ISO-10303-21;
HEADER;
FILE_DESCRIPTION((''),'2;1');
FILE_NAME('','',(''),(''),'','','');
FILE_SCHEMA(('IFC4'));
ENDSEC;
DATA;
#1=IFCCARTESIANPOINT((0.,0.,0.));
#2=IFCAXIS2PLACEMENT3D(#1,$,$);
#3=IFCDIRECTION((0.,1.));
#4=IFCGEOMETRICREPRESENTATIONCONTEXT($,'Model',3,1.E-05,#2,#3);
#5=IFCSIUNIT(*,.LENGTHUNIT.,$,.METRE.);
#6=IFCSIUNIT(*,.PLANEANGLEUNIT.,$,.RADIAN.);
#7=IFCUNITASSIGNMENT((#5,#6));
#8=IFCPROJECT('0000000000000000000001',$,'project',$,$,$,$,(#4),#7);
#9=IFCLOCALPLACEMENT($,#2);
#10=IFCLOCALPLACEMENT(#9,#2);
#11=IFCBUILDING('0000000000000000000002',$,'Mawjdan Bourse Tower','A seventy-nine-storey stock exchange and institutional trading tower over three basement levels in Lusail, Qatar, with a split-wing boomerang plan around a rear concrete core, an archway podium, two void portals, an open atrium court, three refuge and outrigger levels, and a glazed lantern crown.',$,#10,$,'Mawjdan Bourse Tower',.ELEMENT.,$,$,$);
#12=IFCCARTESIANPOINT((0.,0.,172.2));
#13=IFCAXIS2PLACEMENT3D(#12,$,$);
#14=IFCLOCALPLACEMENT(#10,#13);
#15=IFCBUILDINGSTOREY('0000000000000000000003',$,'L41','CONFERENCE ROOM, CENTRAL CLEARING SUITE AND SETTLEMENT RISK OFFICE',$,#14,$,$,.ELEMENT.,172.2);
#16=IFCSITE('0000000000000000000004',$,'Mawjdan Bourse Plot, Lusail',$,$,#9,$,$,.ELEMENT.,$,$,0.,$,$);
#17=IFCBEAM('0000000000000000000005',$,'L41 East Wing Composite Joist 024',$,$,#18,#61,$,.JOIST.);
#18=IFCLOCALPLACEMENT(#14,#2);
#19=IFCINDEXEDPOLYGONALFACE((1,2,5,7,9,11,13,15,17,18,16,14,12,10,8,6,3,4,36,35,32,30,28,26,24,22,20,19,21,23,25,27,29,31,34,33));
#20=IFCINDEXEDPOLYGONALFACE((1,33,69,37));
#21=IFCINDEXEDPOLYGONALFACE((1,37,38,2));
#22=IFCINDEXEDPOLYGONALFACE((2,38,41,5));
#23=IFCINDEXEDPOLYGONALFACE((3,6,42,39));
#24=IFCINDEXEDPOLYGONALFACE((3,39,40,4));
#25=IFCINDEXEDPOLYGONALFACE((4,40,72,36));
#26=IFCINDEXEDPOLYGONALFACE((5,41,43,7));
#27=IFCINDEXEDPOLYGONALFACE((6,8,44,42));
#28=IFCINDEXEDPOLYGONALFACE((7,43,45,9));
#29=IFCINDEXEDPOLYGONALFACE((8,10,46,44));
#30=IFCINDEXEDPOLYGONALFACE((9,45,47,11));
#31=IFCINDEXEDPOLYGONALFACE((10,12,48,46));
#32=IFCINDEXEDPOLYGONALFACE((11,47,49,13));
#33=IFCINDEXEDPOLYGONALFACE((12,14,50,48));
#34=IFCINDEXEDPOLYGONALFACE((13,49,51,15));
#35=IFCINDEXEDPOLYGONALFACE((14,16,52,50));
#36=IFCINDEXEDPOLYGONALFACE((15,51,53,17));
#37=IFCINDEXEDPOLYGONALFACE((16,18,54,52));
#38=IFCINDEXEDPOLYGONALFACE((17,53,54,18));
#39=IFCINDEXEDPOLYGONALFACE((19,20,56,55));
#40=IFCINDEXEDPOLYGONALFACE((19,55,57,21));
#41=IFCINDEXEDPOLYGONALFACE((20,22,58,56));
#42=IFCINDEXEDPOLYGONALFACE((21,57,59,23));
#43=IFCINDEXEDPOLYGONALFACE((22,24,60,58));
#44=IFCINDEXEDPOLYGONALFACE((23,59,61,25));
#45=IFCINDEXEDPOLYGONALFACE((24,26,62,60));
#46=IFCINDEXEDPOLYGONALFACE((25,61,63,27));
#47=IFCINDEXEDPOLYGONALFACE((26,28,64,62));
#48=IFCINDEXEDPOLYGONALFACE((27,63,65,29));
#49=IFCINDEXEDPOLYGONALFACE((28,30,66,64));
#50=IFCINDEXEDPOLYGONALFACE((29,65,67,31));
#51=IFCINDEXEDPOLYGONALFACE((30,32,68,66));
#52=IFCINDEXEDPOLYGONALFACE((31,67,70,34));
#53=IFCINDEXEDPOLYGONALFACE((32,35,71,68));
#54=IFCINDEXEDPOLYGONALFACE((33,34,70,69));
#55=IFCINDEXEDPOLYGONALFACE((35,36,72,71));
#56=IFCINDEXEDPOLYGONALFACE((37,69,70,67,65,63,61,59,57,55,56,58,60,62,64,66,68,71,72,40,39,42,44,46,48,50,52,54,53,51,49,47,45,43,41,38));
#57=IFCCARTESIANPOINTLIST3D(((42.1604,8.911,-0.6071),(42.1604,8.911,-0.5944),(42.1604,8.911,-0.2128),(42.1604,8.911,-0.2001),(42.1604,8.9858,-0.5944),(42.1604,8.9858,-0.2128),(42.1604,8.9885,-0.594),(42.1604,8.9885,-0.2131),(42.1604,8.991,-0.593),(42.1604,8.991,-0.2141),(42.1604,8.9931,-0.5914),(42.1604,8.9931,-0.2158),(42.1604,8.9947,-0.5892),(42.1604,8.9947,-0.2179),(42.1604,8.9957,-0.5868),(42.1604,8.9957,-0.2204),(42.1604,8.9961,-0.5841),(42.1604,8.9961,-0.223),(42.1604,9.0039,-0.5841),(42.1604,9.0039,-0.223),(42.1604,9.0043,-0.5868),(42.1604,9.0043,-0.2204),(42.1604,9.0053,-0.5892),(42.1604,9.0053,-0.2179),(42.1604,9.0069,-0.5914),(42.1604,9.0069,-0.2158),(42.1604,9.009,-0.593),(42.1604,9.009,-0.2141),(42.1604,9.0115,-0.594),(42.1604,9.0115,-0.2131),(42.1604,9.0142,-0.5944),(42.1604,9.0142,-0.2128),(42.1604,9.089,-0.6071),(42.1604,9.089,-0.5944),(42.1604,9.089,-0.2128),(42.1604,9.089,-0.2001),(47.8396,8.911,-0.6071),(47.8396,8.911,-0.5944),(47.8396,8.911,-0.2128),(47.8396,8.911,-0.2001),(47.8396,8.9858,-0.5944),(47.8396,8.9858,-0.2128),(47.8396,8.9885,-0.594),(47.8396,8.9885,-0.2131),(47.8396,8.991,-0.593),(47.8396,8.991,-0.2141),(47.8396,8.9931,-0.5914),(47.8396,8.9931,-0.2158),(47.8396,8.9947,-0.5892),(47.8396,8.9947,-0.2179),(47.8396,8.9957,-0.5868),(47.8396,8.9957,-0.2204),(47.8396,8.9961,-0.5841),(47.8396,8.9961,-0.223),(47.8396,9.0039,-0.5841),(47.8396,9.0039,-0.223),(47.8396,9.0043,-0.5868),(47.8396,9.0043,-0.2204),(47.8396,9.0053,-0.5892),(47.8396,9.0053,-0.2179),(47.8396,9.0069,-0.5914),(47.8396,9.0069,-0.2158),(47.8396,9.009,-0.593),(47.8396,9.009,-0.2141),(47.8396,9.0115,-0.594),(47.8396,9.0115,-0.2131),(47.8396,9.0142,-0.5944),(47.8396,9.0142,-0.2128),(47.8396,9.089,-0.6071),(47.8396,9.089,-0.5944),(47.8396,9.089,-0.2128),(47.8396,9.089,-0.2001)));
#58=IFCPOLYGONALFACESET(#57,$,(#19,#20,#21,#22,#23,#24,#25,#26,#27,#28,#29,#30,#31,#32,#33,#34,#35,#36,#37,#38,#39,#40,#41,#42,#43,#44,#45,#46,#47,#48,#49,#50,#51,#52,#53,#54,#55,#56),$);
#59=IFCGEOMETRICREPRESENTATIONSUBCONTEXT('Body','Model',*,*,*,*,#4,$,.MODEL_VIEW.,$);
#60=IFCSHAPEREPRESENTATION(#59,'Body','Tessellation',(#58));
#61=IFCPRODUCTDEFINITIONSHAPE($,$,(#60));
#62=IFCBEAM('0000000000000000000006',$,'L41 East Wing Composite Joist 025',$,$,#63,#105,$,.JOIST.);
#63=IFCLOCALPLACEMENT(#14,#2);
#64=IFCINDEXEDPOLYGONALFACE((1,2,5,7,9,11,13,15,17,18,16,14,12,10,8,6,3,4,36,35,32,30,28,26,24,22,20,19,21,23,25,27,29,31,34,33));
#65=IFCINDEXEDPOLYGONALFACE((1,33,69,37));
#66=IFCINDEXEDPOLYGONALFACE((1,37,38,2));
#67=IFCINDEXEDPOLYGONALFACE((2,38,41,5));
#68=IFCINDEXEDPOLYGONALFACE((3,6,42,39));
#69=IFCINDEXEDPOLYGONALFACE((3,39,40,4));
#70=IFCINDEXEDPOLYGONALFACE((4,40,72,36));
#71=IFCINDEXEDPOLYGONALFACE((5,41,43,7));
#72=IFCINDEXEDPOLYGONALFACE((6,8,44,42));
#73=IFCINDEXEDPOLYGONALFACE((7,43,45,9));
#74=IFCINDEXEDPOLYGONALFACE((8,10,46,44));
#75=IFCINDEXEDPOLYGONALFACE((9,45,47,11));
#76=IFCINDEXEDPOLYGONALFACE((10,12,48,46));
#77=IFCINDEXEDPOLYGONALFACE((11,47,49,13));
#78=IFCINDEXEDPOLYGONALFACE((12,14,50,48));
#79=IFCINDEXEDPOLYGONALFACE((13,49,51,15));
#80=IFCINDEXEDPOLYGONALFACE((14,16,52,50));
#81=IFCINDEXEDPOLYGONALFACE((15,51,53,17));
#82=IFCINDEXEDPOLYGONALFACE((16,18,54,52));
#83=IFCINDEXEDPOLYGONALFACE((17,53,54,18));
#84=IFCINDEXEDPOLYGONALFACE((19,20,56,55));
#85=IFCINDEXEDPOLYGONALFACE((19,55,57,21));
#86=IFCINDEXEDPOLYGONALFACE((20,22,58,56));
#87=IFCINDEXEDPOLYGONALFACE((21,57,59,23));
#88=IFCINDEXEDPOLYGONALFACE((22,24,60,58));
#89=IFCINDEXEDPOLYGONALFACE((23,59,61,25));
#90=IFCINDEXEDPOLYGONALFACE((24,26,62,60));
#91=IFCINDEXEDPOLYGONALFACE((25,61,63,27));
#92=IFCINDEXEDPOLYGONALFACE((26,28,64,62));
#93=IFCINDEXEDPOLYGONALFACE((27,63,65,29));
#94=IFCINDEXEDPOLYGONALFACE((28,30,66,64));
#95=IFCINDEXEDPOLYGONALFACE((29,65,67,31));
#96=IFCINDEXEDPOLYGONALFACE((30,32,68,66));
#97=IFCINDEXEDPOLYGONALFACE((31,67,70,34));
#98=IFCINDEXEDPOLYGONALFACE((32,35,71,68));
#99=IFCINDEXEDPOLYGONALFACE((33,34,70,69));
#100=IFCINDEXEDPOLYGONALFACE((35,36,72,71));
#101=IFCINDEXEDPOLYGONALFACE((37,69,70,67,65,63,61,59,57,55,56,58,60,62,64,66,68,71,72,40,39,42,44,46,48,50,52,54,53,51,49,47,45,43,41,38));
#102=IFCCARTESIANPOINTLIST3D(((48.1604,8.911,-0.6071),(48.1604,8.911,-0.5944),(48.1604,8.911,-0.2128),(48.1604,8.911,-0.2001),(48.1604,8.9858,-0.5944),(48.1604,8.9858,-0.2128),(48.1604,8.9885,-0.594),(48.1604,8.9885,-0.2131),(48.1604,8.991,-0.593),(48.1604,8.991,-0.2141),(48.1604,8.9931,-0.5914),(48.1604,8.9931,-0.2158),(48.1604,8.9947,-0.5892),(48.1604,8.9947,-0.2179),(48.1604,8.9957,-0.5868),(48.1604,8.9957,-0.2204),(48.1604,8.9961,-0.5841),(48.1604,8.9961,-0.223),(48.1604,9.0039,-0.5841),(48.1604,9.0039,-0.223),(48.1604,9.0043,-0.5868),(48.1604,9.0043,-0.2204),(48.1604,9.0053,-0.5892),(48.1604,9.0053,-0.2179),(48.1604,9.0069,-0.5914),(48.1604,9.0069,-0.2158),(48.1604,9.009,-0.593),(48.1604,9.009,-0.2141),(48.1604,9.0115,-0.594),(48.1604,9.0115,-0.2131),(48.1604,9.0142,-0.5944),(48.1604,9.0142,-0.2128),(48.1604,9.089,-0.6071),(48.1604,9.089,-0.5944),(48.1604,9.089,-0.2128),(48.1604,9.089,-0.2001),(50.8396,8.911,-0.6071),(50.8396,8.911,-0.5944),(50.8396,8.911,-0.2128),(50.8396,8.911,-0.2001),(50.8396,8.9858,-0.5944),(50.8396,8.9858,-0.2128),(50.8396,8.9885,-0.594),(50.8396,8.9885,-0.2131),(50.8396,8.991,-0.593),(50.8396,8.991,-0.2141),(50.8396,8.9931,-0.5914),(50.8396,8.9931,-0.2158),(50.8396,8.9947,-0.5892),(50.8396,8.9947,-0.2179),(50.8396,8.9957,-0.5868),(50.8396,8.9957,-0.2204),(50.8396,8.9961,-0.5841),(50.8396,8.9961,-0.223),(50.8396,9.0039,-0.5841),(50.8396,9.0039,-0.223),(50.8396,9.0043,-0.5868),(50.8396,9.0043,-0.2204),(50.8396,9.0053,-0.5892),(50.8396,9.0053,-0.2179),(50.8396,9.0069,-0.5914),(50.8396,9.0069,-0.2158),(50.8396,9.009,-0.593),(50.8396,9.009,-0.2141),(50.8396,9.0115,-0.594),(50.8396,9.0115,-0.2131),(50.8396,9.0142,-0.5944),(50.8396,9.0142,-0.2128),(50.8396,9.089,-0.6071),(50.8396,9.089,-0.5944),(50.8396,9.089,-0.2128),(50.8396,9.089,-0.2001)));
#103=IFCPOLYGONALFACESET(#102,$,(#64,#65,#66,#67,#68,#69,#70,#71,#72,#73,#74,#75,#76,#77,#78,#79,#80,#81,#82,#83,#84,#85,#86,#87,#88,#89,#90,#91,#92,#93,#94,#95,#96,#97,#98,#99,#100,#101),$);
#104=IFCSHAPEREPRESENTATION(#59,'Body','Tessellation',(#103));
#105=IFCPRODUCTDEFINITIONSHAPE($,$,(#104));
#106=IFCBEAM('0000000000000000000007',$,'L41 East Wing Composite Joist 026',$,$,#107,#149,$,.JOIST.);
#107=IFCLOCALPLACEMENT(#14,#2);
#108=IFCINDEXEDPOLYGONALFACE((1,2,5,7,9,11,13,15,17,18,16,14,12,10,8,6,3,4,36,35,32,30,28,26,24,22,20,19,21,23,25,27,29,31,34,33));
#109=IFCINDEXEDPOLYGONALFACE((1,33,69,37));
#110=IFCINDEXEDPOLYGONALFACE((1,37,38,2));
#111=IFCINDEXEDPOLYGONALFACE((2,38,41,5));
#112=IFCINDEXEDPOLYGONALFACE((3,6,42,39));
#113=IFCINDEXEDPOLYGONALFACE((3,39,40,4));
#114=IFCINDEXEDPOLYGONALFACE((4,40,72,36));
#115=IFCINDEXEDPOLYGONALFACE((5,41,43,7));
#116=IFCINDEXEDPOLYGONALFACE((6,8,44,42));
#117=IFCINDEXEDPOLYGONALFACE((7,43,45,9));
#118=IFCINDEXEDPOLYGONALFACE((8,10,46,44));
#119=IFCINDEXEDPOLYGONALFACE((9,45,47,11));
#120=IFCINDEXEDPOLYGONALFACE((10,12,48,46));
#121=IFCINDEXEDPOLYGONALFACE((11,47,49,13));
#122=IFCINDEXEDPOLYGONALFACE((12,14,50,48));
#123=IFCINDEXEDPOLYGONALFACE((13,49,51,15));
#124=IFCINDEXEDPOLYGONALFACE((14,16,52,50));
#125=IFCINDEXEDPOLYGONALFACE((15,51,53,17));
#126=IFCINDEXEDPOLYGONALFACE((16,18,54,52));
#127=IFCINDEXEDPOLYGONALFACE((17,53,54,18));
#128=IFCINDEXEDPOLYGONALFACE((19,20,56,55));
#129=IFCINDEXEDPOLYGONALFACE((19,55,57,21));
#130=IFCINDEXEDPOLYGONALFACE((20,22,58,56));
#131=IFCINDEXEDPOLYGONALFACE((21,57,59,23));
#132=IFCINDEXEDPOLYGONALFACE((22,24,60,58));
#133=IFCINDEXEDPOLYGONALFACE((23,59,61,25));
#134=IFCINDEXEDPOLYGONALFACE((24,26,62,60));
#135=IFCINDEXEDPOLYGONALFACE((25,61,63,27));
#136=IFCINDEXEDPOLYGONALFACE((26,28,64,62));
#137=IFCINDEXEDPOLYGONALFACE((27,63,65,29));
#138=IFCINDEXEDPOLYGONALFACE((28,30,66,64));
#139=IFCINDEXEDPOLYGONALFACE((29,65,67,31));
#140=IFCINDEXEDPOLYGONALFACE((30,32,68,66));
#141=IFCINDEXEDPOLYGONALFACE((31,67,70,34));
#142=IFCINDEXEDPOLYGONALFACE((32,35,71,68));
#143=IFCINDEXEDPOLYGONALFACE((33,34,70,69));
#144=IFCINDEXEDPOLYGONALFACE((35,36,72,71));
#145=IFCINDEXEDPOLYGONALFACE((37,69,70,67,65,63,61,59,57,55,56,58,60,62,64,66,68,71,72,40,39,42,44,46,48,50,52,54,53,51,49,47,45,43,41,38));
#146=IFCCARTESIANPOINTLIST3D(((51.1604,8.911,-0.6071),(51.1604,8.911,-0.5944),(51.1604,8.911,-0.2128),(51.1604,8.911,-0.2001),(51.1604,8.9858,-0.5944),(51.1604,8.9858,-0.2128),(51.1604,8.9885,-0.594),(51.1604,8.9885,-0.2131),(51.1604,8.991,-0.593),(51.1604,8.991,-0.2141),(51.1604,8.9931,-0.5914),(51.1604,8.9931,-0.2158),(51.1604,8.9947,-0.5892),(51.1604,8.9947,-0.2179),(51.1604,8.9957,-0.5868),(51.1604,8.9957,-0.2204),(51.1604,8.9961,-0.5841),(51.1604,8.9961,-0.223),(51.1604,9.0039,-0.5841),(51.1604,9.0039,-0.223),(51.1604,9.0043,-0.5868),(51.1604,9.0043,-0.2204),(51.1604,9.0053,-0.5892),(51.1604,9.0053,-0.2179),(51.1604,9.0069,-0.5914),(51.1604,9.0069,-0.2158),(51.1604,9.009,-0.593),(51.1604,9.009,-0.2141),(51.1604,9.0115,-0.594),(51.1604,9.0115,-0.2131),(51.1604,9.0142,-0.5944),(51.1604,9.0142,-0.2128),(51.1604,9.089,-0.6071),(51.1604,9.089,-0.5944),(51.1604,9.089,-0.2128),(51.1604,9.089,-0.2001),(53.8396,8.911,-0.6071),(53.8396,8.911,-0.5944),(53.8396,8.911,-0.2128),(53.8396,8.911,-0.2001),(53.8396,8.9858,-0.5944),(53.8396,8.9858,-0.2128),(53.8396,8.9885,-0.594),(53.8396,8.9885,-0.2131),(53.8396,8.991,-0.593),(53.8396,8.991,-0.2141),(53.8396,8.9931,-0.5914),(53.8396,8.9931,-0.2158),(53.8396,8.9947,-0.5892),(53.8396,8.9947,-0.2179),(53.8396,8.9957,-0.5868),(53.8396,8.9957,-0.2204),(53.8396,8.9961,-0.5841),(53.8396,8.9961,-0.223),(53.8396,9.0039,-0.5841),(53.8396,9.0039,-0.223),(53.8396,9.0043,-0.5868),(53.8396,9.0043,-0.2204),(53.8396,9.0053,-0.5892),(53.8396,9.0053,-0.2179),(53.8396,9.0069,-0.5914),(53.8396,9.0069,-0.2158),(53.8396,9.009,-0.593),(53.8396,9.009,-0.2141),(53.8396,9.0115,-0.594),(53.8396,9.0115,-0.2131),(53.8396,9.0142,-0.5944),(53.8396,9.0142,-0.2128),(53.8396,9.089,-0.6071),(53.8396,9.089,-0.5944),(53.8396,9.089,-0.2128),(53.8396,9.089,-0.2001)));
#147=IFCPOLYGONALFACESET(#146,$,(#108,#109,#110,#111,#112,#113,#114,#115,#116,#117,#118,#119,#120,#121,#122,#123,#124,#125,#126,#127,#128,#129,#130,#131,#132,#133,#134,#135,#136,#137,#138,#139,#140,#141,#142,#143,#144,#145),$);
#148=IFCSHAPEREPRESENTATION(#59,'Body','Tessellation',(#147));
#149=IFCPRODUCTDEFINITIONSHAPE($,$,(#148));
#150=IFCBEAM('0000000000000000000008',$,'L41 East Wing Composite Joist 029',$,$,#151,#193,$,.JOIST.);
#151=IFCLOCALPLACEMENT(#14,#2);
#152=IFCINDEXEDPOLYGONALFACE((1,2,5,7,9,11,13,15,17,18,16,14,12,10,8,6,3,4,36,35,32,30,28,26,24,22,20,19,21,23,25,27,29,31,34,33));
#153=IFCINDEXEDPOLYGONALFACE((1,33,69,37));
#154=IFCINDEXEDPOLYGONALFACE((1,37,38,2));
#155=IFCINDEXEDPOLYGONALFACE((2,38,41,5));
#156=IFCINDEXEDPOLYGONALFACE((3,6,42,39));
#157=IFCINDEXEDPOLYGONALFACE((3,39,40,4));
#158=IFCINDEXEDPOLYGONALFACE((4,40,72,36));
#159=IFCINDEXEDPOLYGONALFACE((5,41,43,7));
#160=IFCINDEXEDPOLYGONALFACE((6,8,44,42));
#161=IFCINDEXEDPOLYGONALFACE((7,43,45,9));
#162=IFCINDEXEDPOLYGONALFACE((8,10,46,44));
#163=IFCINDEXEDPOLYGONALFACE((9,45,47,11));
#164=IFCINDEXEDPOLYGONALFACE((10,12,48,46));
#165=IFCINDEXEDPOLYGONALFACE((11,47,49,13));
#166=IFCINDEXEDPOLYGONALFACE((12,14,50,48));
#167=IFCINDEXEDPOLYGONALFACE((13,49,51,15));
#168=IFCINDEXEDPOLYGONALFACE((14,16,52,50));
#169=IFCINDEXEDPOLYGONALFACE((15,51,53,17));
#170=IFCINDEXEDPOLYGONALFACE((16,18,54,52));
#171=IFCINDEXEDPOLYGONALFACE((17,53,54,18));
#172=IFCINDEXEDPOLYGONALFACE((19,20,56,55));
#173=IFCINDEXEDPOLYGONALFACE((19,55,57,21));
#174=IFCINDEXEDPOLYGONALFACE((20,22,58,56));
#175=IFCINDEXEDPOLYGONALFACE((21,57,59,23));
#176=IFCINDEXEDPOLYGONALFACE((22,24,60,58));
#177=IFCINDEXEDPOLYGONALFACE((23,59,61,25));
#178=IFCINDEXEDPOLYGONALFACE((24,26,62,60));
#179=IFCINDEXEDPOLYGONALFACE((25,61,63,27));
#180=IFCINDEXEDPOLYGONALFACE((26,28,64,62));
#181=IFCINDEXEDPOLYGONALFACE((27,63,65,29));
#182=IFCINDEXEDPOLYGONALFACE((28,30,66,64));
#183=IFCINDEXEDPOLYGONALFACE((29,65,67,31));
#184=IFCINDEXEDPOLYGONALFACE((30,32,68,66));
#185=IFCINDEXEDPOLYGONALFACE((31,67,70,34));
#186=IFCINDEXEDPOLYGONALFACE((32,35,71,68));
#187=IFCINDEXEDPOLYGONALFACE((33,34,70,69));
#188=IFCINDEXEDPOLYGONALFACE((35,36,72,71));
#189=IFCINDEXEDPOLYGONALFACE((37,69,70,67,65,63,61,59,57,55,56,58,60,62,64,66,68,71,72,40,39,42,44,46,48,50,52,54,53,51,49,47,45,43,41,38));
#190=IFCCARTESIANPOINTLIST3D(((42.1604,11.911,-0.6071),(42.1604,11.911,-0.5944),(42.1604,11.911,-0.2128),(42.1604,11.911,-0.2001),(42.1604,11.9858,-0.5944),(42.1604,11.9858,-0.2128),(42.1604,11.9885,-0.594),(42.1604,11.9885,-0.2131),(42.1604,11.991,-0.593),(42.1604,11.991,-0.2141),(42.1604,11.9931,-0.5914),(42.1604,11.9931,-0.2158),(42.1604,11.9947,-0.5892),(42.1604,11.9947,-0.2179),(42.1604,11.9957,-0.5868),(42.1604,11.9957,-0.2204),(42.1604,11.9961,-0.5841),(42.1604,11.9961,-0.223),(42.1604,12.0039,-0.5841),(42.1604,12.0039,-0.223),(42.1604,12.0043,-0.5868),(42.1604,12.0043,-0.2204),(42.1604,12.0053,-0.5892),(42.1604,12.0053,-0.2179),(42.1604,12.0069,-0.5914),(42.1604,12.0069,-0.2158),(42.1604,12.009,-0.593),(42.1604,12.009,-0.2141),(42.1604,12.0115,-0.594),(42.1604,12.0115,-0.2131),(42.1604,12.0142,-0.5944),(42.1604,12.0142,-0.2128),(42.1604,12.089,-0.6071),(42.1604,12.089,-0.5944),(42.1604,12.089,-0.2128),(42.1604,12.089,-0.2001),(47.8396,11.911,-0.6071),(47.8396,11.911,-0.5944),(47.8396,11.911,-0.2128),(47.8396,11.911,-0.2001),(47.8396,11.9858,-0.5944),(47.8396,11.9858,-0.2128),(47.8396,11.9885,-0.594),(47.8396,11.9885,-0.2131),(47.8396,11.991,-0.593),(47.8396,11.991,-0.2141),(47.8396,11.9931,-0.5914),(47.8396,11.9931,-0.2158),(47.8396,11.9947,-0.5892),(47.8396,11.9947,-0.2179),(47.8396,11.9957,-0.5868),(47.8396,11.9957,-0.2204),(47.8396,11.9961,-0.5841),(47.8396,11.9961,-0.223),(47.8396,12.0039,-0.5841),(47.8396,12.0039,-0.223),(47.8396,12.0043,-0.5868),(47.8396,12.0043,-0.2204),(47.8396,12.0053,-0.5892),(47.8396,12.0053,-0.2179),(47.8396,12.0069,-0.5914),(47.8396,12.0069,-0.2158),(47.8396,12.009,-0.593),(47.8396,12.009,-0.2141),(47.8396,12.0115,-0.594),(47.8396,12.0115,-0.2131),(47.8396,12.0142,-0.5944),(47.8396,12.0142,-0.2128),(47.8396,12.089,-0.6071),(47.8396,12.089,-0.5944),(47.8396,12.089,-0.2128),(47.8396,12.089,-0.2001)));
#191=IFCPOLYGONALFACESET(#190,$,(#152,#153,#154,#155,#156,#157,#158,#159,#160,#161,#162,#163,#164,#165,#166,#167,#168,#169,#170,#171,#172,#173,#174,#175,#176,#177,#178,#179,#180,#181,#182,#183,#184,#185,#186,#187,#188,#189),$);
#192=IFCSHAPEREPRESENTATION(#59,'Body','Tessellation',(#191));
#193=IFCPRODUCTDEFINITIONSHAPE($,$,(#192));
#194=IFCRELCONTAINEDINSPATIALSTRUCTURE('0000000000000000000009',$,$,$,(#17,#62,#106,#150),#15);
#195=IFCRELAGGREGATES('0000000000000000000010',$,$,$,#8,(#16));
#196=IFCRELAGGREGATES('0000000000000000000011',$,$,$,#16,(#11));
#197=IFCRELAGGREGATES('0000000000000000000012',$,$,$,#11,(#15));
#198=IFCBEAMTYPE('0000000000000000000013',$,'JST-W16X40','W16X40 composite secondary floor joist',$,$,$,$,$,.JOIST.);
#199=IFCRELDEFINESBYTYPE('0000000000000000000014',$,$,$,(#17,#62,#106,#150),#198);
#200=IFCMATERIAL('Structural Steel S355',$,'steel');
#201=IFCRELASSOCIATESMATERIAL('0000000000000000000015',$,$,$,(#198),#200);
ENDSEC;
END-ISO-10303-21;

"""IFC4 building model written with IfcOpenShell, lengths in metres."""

from ifc_helpers import new_model, si_unit, direction, frame, origin, origin_2d, place, context, subcontext, project, spatial, i_section, extrude, material, material_profile, profile_set, type_object, element, save


model = new_model("IFC4")

# Units and contexts
model_context = context("Model", 3, precision=1e-05, world=origin(), true_north=direction((0.0, 1.0)))
body_context = subcontext(model_context, "Body", "Model", "MODEL_VIEW")
ifc_project = project(units=[si_unit("LENGTHUNIT", "METRE"), si_unit("PLANEANGLEUNIT", "RADIAN")], contexts=[model_context])

# Site, building, storey
site_placement = place(None, origin())
site = spatial("IfcSite", under=ifc_project, at=site_placement, Name="Mawjdan Bourse Plot, Lusail", CompositionType="ELEMENT", RefElevation=0.0)
building_placement = place(site_placement, origin())
building = spatial("IfcBuilding", under=site, at=building_placement, Name="Mawjdan Bourse Tower", Description="A seventy-nine-storey stock exchange and institutional trading tower over three basement levels in Lusail, Qatar, with a split-wing boomerang plan around a rear concrete core, an archway podium, two void portals, an open atrium court, three refuge and outrigger levels, and a glazed lantern crown.", LongName="Mawjdan Bourse Tower", CompositionType="ELEMENT")
storey_placement = place(building_placement, frame((0.0, 0.0, 172.2)))
storey = spatial("IfcBuildingStorey", under=building, at=storey_placement, Name="L41", Description="CONFERENCE ROOM, CENTRAL CLEARING SUITE AND SETTLEMENT RISK OFFICE", CompositionType="ELEMENT", Elevation=172.2)

# Beams
ifc_material_1 = material(Name="Structural Steel S355", Category="steel")
ifc_material_profile_1 = material_profile(ifc_material_1, i_section(OverallWidth=0.178, OverallDepth=0.407, WebThickness=0.0078, FlangeThickness=0.0127, FilletRadius=0.0103, at=origin_2d()), Name="W16X40")
ifc_profile_set_1 = profile_set([ifc_material_profile_1], Name="Structural Steel S355")
beam_type_1 = type_object("IfcBeamType", Name="JST-W16X40", Description="W16X40 composite secondary floor joist", PredefinedType="JOIST", material=ifc_profile_set_1)
beam_1_placement = place(storey_placement, frame((42.1604, 9.0, -0.4036), z_axis=(1.0, 0.0, 0.0), x_axis=(0.0, 1.0, 0.0)))
element("IfcBeam", 1, at=beam_1_placement, inside=storey, type_object=beam_type_1, Name="L41 East Wing Composite Joist 024", PredefinedType="JOIST", context=body_context, shape_type="SweptSolid", body=[
    extrude(i_section(OverallWidth=0.178, OverallDepth=0.407, WebThickness=0.0078, FlangeThickness=0.0127, FilletRadius=0.0103, at=origin_2d()), origin(), (0.0, 0.0, 1.0), 5.6792),
])
for number, where, z_axis, x_axis, name in (
    (2, (48.1604, 9.0, -0.4036), (1.0, 0.0, 0.0), (0.0, 1.0, 0.0), "L41 East Wing Composite Joist 025"),
    (3, (51.1604, 9.0, -0.4036), (1.0, 0.0, 0.0), (0.0, 1.0, 0.0), "L41 East Wing Composite Joist 026"),
):
    element("IfcBeam", number, at=place(storey_placement, frame(where, z_axis=z_axis, x_axis=x_axis)), inside=storey, type_object=beam_type_1, Name=name, PredefinedType="JOIST", context=body_context, shape_type="SweptSolid", body=[
        extrude(i_section(OverallWidth=0.178, OverallDepth=0.407, WebThickness=0.0078, FlangeThickness=0.0127, FilletRadius=0.0103, at=origin_2d()), origin(), (0.0, 0.0, 1.0), 2.6792),
    ])
beam_2_placement = place(storey_placement, frame((42.1604, 12.0, -0.4036), z_axis=(1.0, 0.0, 0.0), x_axis=(0.0, 1.0, 0.0)))
element("IfcBeam", 4, at=beam_2_placement, inside=storey, type_object=beam_type_1, Name="L41 East Wing Composite Joist 029", PredefinedType="JOIST", context=body_context, shape_type="SweptSolid", body=[
    extrude(i_section(OverallWidth=0.178, OverallDepth=0.407, WebThickness=0.0078, FlangeThickness=0.0127, FilletRadius=0.0103, at=origin_2d()), origin(), (0.0, 0.0, 1.0), 5.6792),
])

save(model, "model.ifc")
